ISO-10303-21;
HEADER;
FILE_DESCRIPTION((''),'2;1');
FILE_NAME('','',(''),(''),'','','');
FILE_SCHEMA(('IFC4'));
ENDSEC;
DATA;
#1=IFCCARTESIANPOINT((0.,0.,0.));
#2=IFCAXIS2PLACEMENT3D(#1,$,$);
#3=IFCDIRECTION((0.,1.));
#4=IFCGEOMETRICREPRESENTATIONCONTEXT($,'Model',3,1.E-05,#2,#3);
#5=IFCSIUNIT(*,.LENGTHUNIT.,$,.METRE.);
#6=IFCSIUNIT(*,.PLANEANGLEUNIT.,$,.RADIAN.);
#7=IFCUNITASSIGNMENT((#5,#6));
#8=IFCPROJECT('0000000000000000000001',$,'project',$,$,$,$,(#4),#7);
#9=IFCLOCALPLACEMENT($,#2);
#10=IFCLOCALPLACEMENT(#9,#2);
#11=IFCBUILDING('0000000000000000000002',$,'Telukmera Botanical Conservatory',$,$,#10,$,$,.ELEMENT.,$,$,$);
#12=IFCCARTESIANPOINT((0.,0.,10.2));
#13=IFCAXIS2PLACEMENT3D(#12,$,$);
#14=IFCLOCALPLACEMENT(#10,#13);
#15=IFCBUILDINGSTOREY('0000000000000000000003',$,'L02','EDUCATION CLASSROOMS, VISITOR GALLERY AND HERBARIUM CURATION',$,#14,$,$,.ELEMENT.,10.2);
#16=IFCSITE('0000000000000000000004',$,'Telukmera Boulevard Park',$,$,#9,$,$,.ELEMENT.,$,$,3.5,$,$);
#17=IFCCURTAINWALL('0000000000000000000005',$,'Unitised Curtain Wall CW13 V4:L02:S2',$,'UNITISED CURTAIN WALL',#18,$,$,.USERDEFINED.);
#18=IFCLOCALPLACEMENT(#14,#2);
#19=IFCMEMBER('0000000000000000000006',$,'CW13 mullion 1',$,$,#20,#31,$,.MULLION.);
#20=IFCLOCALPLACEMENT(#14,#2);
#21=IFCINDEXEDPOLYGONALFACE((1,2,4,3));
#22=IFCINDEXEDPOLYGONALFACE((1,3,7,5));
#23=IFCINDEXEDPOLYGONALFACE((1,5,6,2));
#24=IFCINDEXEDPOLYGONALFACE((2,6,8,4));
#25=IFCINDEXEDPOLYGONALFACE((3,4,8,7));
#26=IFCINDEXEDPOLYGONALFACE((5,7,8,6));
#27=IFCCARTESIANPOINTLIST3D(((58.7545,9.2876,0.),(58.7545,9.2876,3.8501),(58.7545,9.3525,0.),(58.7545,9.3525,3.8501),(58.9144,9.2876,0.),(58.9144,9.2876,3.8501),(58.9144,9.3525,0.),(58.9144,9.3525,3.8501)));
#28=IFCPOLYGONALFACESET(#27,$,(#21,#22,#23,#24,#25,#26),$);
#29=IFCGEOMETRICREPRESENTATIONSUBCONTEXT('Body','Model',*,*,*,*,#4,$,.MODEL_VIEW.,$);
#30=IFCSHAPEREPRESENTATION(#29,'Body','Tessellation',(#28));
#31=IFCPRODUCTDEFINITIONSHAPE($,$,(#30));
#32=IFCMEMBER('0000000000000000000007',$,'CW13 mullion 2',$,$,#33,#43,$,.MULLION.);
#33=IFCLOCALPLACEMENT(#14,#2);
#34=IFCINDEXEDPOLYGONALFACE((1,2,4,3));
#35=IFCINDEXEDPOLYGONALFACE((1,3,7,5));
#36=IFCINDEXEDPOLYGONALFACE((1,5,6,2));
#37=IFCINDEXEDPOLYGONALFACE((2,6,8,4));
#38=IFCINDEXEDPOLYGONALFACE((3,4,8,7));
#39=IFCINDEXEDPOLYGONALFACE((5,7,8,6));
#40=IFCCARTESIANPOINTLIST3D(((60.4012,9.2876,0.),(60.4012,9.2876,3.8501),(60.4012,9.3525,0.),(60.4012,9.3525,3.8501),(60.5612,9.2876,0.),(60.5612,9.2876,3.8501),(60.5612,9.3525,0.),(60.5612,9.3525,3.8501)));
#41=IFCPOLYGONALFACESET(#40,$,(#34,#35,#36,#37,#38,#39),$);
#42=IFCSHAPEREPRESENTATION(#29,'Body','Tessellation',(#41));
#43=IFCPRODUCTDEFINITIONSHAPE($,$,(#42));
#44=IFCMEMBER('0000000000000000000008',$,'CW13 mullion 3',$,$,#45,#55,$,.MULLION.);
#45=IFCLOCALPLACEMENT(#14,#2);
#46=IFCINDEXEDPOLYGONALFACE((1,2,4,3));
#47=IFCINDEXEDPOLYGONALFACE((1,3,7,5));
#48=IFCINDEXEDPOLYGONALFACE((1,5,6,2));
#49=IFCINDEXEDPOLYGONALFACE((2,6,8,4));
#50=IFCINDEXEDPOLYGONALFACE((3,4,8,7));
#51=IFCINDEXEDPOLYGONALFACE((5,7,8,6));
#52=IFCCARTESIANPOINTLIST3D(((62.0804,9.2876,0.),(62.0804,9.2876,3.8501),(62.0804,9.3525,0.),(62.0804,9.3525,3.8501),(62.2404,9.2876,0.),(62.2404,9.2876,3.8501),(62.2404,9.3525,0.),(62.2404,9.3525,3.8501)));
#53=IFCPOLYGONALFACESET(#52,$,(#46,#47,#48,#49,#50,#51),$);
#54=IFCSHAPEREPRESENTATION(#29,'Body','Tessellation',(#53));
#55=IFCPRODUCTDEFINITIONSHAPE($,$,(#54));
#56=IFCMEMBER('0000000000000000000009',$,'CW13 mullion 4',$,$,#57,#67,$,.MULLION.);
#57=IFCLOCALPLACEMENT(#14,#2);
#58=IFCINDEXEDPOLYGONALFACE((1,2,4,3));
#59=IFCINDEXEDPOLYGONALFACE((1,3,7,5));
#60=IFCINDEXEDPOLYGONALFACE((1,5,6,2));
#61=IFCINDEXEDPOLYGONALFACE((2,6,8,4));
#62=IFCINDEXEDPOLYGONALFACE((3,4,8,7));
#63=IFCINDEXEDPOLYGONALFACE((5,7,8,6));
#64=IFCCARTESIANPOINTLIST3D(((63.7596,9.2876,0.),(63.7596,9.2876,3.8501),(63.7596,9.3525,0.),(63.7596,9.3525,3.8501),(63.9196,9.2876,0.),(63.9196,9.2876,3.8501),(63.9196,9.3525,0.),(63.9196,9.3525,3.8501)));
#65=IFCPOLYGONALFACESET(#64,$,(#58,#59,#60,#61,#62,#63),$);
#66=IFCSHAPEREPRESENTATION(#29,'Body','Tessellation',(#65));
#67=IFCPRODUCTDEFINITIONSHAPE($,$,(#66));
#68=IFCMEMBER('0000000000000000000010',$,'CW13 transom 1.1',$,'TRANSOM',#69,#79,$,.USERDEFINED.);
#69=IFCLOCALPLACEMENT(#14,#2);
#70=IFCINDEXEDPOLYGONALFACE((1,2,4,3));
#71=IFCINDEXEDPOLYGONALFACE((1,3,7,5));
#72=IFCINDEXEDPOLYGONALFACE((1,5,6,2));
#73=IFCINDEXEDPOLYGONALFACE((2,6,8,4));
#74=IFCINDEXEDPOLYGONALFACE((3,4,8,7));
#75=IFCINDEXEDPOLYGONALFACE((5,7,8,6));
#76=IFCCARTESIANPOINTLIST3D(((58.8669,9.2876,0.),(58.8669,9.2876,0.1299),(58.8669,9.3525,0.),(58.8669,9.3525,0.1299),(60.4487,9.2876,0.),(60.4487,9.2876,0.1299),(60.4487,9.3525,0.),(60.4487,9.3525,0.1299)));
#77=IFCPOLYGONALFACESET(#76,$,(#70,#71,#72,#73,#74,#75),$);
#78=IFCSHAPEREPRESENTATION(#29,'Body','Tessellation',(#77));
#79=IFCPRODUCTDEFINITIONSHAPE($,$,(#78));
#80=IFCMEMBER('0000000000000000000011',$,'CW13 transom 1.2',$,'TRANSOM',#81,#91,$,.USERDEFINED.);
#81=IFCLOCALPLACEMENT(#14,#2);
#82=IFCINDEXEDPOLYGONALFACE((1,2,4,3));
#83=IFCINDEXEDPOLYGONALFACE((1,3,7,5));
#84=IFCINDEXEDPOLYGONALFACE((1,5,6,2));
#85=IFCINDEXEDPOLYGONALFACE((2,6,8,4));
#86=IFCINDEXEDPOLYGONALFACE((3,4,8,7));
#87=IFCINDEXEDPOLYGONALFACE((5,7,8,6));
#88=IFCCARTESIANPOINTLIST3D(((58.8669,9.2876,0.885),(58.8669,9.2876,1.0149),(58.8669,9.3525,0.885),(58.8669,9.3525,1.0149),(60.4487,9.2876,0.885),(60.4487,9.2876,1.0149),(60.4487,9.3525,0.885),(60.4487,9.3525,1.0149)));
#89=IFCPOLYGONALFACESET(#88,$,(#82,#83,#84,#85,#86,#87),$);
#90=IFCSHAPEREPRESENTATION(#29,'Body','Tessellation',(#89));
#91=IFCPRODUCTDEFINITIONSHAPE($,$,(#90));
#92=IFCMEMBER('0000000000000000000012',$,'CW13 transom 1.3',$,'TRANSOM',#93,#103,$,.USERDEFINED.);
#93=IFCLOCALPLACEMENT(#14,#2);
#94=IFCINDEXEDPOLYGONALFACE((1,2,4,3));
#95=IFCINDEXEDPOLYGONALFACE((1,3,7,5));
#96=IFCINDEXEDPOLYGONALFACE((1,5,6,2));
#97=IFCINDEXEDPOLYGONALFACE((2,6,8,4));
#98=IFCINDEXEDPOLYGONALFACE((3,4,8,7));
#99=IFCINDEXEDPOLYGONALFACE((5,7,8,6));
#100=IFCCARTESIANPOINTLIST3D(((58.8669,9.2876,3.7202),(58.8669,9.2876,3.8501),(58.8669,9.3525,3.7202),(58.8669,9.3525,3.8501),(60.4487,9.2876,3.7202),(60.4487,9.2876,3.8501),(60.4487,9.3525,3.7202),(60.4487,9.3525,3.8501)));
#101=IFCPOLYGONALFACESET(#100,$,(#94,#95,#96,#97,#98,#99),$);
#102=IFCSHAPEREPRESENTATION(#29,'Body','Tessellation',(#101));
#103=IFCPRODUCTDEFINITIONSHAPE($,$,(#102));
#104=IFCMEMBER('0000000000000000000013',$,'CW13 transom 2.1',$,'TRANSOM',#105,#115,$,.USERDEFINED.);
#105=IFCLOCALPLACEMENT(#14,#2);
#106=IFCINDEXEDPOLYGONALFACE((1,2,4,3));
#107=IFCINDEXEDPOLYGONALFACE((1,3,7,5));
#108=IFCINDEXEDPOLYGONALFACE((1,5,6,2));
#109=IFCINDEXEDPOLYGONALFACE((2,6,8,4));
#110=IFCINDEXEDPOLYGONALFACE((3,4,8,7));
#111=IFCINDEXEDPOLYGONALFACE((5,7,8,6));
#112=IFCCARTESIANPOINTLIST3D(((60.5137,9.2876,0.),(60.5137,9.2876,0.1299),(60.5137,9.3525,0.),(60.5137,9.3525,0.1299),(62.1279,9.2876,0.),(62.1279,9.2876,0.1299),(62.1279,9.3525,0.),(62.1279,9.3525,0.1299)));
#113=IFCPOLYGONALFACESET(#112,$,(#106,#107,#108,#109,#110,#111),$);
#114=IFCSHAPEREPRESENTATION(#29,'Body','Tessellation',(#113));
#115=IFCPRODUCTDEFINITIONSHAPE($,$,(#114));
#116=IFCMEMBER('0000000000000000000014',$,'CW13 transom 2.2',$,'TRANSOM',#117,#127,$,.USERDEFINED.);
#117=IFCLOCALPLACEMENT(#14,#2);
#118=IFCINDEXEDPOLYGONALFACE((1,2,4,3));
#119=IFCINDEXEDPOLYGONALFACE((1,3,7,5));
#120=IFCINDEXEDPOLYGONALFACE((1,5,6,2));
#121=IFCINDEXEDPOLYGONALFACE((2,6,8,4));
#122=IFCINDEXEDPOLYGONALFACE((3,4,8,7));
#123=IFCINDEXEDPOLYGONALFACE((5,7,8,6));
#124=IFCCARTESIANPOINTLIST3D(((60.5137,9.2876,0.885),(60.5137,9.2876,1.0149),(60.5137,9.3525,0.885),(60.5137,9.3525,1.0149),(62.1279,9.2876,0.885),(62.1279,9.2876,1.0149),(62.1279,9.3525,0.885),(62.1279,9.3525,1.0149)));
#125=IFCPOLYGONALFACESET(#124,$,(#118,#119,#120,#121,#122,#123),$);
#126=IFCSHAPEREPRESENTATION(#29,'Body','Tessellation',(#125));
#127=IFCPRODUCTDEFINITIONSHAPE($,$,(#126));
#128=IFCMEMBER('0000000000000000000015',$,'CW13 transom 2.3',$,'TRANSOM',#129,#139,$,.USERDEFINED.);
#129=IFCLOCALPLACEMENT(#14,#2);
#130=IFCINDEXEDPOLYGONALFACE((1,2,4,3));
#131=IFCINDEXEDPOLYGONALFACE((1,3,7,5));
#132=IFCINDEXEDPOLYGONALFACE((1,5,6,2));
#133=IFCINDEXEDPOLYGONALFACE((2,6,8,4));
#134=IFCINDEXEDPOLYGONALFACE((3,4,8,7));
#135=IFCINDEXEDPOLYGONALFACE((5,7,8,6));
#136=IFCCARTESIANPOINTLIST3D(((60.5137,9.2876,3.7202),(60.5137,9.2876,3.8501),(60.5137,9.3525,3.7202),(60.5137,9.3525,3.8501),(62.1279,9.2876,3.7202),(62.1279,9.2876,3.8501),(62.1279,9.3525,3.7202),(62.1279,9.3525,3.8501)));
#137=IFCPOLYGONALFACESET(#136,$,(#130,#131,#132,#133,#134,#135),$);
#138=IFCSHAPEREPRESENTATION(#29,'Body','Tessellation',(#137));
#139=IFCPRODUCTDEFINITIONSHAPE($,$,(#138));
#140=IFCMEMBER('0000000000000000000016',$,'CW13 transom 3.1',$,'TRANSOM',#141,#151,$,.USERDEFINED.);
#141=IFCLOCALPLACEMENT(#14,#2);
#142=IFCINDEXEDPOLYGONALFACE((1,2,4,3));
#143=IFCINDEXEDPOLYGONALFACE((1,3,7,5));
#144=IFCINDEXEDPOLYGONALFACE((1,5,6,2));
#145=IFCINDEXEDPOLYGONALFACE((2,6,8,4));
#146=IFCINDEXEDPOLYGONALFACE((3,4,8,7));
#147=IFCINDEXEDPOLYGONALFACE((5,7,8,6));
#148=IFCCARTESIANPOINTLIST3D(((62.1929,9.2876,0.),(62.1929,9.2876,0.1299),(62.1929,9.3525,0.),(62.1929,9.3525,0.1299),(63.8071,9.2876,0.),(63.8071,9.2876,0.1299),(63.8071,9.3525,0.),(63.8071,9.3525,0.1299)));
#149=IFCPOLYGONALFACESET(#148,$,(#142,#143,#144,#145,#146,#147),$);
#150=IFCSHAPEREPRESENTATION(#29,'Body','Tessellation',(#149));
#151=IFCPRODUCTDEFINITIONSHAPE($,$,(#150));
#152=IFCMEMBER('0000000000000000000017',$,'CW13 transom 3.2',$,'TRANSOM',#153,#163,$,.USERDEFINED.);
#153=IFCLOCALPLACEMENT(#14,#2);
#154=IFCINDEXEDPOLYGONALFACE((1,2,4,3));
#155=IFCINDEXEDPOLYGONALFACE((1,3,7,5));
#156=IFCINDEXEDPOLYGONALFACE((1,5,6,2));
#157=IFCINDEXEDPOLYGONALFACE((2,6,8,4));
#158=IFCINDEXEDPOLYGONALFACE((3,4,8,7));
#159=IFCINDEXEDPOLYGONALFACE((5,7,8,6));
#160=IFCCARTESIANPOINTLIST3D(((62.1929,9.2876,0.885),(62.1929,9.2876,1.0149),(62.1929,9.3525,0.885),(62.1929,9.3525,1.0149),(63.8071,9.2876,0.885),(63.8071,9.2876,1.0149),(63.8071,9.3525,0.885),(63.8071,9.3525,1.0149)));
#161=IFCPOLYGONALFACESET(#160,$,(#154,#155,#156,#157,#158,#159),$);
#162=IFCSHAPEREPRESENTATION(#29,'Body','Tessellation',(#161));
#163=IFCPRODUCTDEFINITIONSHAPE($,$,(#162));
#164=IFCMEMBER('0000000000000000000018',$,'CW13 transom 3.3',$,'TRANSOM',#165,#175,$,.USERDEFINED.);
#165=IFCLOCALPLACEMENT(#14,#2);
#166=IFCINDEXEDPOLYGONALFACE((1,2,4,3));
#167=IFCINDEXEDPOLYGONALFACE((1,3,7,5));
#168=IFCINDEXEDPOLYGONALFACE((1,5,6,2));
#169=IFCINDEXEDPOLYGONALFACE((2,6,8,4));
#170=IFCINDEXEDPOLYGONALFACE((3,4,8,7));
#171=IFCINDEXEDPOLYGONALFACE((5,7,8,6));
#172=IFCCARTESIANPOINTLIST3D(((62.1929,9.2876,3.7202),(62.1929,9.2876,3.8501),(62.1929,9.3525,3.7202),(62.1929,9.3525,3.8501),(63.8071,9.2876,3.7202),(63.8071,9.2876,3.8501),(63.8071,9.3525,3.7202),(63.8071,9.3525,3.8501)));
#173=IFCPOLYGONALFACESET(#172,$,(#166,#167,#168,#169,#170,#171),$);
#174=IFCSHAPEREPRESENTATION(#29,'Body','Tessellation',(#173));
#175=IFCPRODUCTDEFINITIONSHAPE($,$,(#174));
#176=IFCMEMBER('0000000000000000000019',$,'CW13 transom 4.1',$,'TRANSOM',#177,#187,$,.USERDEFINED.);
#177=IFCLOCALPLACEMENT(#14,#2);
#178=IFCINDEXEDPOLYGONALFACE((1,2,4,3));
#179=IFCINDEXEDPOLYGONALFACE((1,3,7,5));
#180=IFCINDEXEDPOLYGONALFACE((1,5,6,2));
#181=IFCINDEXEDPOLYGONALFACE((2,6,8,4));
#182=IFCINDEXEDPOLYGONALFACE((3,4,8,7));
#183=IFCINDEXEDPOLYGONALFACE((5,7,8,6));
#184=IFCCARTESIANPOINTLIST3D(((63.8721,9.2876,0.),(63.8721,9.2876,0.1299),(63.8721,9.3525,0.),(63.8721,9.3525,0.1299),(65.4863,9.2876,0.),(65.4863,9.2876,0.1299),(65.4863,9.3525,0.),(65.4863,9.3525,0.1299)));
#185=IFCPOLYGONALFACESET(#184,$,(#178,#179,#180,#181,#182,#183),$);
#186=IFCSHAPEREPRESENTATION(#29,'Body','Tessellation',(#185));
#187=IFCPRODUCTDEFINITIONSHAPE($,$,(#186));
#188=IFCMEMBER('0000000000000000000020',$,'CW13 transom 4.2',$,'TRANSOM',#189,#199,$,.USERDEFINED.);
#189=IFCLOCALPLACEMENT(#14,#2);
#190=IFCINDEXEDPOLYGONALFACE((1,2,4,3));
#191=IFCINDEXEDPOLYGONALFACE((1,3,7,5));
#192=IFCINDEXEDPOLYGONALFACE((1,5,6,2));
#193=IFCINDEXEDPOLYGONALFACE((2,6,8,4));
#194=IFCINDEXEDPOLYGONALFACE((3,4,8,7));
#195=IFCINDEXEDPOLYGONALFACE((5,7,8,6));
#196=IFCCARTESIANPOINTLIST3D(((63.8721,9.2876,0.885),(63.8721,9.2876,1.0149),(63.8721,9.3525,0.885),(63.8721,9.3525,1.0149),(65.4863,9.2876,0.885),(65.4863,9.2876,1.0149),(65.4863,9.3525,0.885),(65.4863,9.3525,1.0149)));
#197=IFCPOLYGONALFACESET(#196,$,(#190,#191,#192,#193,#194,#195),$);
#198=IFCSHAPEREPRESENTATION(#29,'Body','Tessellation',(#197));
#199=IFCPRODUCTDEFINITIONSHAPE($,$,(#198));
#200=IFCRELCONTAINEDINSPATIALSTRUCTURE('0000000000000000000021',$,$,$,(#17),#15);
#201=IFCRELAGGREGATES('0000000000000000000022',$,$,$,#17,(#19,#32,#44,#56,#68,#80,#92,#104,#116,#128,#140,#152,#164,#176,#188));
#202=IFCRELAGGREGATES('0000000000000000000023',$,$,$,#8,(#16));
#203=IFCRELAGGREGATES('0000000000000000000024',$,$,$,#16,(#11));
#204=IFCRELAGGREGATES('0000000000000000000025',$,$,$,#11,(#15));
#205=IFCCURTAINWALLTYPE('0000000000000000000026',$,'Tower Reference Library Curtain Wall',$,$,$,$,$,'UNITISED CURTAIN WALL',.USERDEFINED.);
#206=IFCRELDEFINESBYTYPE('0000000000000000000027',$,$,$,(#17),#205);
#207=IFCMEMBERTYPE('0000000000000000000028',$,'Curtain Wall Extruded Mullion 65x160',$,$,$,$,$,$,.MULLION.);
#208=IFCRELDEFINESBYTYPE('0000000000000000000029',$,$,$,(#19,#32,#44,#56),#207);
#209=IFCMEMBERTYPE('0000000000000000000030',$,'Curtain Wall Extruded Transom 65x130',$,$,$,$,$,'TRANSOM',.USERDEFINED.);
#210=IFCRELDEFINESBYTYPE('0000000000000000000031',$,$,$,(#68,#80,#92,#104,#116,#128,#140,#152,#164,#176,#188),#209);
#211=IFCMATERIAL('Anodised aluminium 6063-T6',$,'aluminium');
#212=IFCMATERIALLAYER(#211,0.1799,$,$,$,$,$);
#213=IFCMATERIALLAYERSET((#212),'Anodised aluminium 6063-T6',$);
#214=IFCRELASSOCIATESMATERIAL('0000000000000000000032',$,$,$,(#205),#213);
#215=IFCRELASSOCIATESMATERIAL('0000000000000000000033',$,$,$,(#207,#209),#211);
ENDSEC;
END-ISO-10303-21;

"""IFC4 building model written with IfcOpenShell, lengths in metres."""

from ifc_helpers import new_model, si_unit, direction, frame, origin, origin_2d, place, context, subcontext, project, spatial, rectangle, extrude, material, layer, layer_set, material_profile, profile_set, type_object, element, aggregate, save


model = new_model("IFC4")

# Units and contexts
model_context = context("Model", 3, precision=1e-05, world=origin(), true_north=direction((0.0, 1.0)))
body_context = subcontext(model_context, "Body", "Model", "MODEL_VIEW")
ifc_project = project(units=[si_unit("LENGTHUNIT", "METRE"), si_unit("PLANEANGLEUNIT", "RADIAN")], contexts=[model_context])

# Site, building, storey
site_placement = place(None, origin())
site = spatial("IfcSite", under=ifc_project, at=site_placement, Name="Telukmera Boulevard Park", CompositionType="ELEMENT", RefElevation=3.5)
building_placement = place(site_placement, origin())
building = spatial("IfcBuilding", under=site, at=building_placement, Name="Telukmera Botanical Conservatory", CompositionType="ELEMENT")
storey_placement = place(building_placement, frame((0.0, 0.0, 10.2)))
storey = spatial("IfcBuildingStorey", under=building, at=storey_placement, Name="L02", Description="EDUCATION CLASSROOMS, VISITOR GALLERY AND HERBARIUM CURATION", CompositionType="ELEMENT", Elevation=10.2)

# Curtain wall, members
ifc_material_1 = material(Name="Anodised aluminium 6063-T6", Category="aluminium")
ifc_layer_1 = layer(ifc_material_1, 0.1799)
ifc_layer_set_1 = layer_set([ifc_layer_1], Name="Anodised aluminium 6063-T6")
curtain_wall_type = type_object("IfcCurtainWallType", Name="Tower Reference Library Curtain Wall", ElementType="UNITISED CURTAIN WALL", PredefinedType="USERDEFINED", material=ifc_layer_set_1)
curtain_wall_placement = place(storey_placement, origin())
curtain_wall = element("IfcCurtainWall", 1, at=curtain_wall_placement, inside=storey, type_object=curtain_wall_type, Name="Unitised Curtain Wall CW13 V4:L02:S2", ObjectType="UNITISED CURTAIN WALL", PredefinedType="USERDEFINED")
ifc_material_profile_1 = material_profile(ifc_material_1, rectangle(XDim=0.0649, YDim=0.1599, at=origin_2d()), Name="ALU MULL 65x160")
ifc_profile_set_1 = profile_set([ifc_material_profile_1], Name="Anodised aluminium 6063-T6")
member_type_1 = type_object("IfcMemberType", Name="Curtain Wall Extruded Mullion 65x160", PredefinedType="MULLION", material=ifc_profile_set_1)
member_1_placement = place(storey_placement, frame((58.8345, 9.3201, 0.0), z_axis=(0.0, 0.0, 1.0), x_axis=(0.0, 1.0, 0.0)))
member_1 = element("IfcMember", 2, at=member_1_placement, type_object=member_type_1, Name="CW13 mullion 1", PredefinedType="MULLION", context=body_context, shape_type="SweptSolid", body=[
    extrude(rectangle(XDim=0.0649, YDim=0.1599, at=origin_2d()), origin(), (0.0, 0.0, 1.0), 3.8501),
])
member_2_placement = place(storey_placement, frame((60.4812, 9.3201, 0.0), z_axis=(0.0, 0.0, 1.0), x_axis=(0.0, 1.0, 0.0)))
member_2 = element("IfcMember", 3, at=member_2_placement, type_object=member_type_1, Name="CW13 mullion 2", PredefinedType="MULLION", context=body_context, shape_type="SweptSolid", body=[
    extrude(rectangle(XDim=0.0649, YDim=0.1599, at=origin_2d()), origin(), (0.0, 0.0, 1.0), 3.8501),
])
member_3_placement = place(storey_placement, frame((62.1604, 9.3201, 0.0), z_axis=(0.0, 0.0, 1.0), x_axis=(0.0, 1.0, 0.0)))
member_3 = element("IfcMember", 4, at=member_3_placement, type_object=member_type_1, Name="CW13 mullion 3", PredefinedType="MULLION", context=body_context, shape_type="SweptSolid", body=[
    extrude(rectangle(XDim=0.0649, YDim=0.1599, at=origin_2d()), origin(), (0.0, 0.0, 1.0), 3.8501),
])
member_4_placement = place(storey_placement, frame((63.8396, 9.3201, 0.0), z_axis=(0.0, 0.0, 1.0), x_axis=(0.0, 1.0, 0.0)))
member_4 = element("IfcMember", 5, at=member_4_placement, type_object=member_type_1, Name="CW13 mullion 4", PredefinedType="MULLION", context=body_context, shape_type="SweptSolid", body=[
    extrude(rectangle(XDim=0.0649, YDim=0.1599, at=origin_2d()), origin(), (0.0, 0.0, 1.0), 3.8501),
])
ifc_material_profile_2 = material_profile(ifc_material_1, rectangle(XDim=0.0649, YDim=0.1299, at=origin_2d()), Name="ALU TRAN 65x130")
ifc_profile_set_2 = profile_set([ifc_material_profile_2], Name="Anodised aluminium 6063-T6")
member_type_2 = type_object("IfcMemberType", Name="Curtain Wall Extruded Transom 65x130", ElementType="TRANSOM", PredefinedType="USERDEFINED", material=ifc_profile_set_2)
member_5_placement = place(storey_placement, frame((58.8669, 9.3201, 0.0649), z_axis=(1.0, 0.0, 0.0), x_axis=(0.0, 1.0, 0.0)))
member_5 = element("IfcMember", 6, at=member_5_placement, type_object=member_type_2, Name="CW13 transom 1.1", ObjectType="TRANSOM", PredefinedType="USERDEFINED", context=body_context, shape_type="SweptSolid", body=[
    extrude(rectangle(XDim=0.0649, YDim=0.1299, at=origin_2d()), origin(), (0.0, 0.0, 1.0), 1.5818),
])
member_6_placement = place(storey_placement, frame((58.8669, 9.3201, 0.95), z_axis=(1.0, 0.0, 0.0), x_axis=(0.0, 1.0, 0.0)))
member_6 = element("IfcMember", 7, at=member_6_placement, type_object=member_type_2, Name="CW13 transom 1.2", ObjectType="TRANSOM", PredefinedType="USERDEFINED", context=body_context, shape_type="SweptSolid", body=[
    extrude(rectangle(XDim=0.0649, YDim=0.1299, at=origin_2d()), origin(), (0.0, 0.0, 1.0), 1.5818),
])
member_7_placement = place(storey_placement, frame((58.8669, 9.3201, 3.7852), z_axis=(1.0, 0.0, 0.0), x_axis=(0.0, 1.0, 0.0)))
member_7 = element("IfcMember", 8, at=member_7_placement, type_object=member_type_2, Name="CW13 transom 1.3", ObjectType="TRANSOM", PredefinedType="USERDEFINED", context=body_context, shape_type="SweptSolid", body=[
    extrude(rectangle(XDim=0.0649, YDim=0.1299, at=origin_2d()), origin(), (0.0, 0.0, 1.0), 1.5818),
])
member_8_placement = place(storey_placement, frame((60.5137, 9.3201, 0.0649), z_axis=(1.0, 0.0, 0.0), x_axis=(0.0, 1.0, 0.0)))
member_8 = element("IfcMember", 9, at=member_8_placement, type_object=member_type_2, Name="CW13 transom 2.1", ObjectType="TRANSOM", PredefinedType="USERDEFINED", context=body_context, shape_type="SweptSolid", body=[
    extrude(rectangle(XDim=0.0649, YDim=0.1299, at=origin_2d()), origin(), (0.0, 0.0, 1.0), 1.6143),
])
member_9_placement = place(storey_placement, frame((60.5137, 9.3201, 0.95), z_axis=(1.0, 0.0, 0.0), x_axis=(0.0, 1.0, 0.0)))
member_9 = element("IfcMember", 10, at=member_9_placement, type_object=member_type_2, Name="CW13 transom 2.2", ObjectType="TRANSOM", PredefinedType="USERDEFINED", context=body_context, shape_type="SweptSolid", body=[
    extrude(rectangle(XDim=0.0649, YDim=0.1299, at=origin_2d()), origin(), (0.0, 0.0, 1.0), 1.6143),
])
member_10_placement = place(storey_placement, frame((60.5137, 9.3201, 3.7852), z_axis=(1.0, 0.0, 0.0), x_axis=(0.0, 1.0, 0.0)))
member_10 = element("IfcMember", 11, at=member_10_placement, type_object=member_type_2, Name="CW13 transom 2.3", ObjectType="TRANSOM", PredefinedType="USERDEFINED", context=body_context, shape_type="SweptSolid", body=[
    extrude(rectangle(XDim=0.0649, YDim=0.1299, at=origin_2d()), origin(), (0.0, 0.0, 1.0), 1.6143),
])
member_11_placement = place(storey_placement, frame((62.1929, 9.3201, 0.0649), z_axis=(1.0, 0.0, 0.0), x_axis=(0.0, 1.0, 0.0)))
member_11 = element("IfcMember", 12, at=member_11_placement, type_object=member_type_2, Name="CW13 transom 3.1", ObjectType="TRANSOM", PredefinedType="USERDEFINED", context=body_context, shape_type="SweptSolid", body=[
    extrude(rectangle(XDim=0.0649, YDim=0.1299, at=origin_2d()), origin(), (0.0, 0.0, 1.0), 1.6143),
])
member_12_placement = place(storey_placement, frame((62.1929, 9.3201, 0.95), z_axis=(1.0, 0.0, 0.0), x_axis=(0.0, 1.0, 0.0)))
member_12 = element("IfcMember", 13, at=member_12_placement, type_object=member_type_2, Name="CW13 transom 3.2", ObjectType="TRANSOM", PredefinedType="USERDEFINED", context=body_context, shape_type="SweptSolid", body=[
    extrude(rectangle(XDim=0.0649, YDim=0.1299, at=origin_2d()), origin(), (0.0, 0.0, 1.0), 1.6143),
])
member_13_placement = place(storey_placement, frame((62.1929, 9.3201, 3.7852), z_axis=(1.0, 0.0, 0.0), x_axis=(0.0, 1.0, 0.0)))
member_13 = element("IfcMember", 14, at=member_13_placement, type_object=member_type_2, Name="CW13 transom 3.3", ObjectType="TRANSOM", PredefinedType="USERDEFINED", context=body_context, shape_type="SweptSolid", body=[
    extrude(rectangle(XDim=0.0649, YDim=0.1299, at=origin_2d()), origin(), (0.0, 0.0, 1.0), 1.6143),
])
member_14_placement = place(storey_placement, frame((63.8721, 9.3201, 0.0649), z_axis=(1.0, 0.0, 0.0), x_axis=(0.0, 1.0, 0.0)))
member_14 = element("IfcMember", 15, at=member_14_placement, type_object=member_type_2, Name="CW13 transom 4.1", ObjectType="TRANSOM", PredefinedType="USERDEFINED", context=body_context, shape_type="SweptSolid", body=[
    extrude(rectangle(XDim=0.0649, YDim=0.1299, at=origin_2d()), origin(), (0.0, 0.0, 1.0), 1.6143),
])
member_15_placement = place(storey_placement, frame((63.8721, 9.3201, 0.95), z_axis=(1.0, 0.0, 0.0), x_axis=(0.0, 1.0, 0.0)))
member_15 = element("IfcMember", 16, at=member_15_placement, type_object=member_type_2, Name="CW13 transom 4.2", ObjectType="TRANSOM", PredefinedType="USERDEFINED", context=body_context, shape_type="SweptSolid", body=[
    extrude(rectangle(XDim=0.0649, YDim=0.1299, at=origin_2d()), origin(), (0.0, 0.0, 1.0), 1.6143),
])
aggregate(curtain_wall, [member_1, member_2, member_3, member_4, member_5, member_6, member_7, member_8, member_9, member_10, member_11, member_12, member_13, member_14, member_15])

save(model, "model.ifc")
